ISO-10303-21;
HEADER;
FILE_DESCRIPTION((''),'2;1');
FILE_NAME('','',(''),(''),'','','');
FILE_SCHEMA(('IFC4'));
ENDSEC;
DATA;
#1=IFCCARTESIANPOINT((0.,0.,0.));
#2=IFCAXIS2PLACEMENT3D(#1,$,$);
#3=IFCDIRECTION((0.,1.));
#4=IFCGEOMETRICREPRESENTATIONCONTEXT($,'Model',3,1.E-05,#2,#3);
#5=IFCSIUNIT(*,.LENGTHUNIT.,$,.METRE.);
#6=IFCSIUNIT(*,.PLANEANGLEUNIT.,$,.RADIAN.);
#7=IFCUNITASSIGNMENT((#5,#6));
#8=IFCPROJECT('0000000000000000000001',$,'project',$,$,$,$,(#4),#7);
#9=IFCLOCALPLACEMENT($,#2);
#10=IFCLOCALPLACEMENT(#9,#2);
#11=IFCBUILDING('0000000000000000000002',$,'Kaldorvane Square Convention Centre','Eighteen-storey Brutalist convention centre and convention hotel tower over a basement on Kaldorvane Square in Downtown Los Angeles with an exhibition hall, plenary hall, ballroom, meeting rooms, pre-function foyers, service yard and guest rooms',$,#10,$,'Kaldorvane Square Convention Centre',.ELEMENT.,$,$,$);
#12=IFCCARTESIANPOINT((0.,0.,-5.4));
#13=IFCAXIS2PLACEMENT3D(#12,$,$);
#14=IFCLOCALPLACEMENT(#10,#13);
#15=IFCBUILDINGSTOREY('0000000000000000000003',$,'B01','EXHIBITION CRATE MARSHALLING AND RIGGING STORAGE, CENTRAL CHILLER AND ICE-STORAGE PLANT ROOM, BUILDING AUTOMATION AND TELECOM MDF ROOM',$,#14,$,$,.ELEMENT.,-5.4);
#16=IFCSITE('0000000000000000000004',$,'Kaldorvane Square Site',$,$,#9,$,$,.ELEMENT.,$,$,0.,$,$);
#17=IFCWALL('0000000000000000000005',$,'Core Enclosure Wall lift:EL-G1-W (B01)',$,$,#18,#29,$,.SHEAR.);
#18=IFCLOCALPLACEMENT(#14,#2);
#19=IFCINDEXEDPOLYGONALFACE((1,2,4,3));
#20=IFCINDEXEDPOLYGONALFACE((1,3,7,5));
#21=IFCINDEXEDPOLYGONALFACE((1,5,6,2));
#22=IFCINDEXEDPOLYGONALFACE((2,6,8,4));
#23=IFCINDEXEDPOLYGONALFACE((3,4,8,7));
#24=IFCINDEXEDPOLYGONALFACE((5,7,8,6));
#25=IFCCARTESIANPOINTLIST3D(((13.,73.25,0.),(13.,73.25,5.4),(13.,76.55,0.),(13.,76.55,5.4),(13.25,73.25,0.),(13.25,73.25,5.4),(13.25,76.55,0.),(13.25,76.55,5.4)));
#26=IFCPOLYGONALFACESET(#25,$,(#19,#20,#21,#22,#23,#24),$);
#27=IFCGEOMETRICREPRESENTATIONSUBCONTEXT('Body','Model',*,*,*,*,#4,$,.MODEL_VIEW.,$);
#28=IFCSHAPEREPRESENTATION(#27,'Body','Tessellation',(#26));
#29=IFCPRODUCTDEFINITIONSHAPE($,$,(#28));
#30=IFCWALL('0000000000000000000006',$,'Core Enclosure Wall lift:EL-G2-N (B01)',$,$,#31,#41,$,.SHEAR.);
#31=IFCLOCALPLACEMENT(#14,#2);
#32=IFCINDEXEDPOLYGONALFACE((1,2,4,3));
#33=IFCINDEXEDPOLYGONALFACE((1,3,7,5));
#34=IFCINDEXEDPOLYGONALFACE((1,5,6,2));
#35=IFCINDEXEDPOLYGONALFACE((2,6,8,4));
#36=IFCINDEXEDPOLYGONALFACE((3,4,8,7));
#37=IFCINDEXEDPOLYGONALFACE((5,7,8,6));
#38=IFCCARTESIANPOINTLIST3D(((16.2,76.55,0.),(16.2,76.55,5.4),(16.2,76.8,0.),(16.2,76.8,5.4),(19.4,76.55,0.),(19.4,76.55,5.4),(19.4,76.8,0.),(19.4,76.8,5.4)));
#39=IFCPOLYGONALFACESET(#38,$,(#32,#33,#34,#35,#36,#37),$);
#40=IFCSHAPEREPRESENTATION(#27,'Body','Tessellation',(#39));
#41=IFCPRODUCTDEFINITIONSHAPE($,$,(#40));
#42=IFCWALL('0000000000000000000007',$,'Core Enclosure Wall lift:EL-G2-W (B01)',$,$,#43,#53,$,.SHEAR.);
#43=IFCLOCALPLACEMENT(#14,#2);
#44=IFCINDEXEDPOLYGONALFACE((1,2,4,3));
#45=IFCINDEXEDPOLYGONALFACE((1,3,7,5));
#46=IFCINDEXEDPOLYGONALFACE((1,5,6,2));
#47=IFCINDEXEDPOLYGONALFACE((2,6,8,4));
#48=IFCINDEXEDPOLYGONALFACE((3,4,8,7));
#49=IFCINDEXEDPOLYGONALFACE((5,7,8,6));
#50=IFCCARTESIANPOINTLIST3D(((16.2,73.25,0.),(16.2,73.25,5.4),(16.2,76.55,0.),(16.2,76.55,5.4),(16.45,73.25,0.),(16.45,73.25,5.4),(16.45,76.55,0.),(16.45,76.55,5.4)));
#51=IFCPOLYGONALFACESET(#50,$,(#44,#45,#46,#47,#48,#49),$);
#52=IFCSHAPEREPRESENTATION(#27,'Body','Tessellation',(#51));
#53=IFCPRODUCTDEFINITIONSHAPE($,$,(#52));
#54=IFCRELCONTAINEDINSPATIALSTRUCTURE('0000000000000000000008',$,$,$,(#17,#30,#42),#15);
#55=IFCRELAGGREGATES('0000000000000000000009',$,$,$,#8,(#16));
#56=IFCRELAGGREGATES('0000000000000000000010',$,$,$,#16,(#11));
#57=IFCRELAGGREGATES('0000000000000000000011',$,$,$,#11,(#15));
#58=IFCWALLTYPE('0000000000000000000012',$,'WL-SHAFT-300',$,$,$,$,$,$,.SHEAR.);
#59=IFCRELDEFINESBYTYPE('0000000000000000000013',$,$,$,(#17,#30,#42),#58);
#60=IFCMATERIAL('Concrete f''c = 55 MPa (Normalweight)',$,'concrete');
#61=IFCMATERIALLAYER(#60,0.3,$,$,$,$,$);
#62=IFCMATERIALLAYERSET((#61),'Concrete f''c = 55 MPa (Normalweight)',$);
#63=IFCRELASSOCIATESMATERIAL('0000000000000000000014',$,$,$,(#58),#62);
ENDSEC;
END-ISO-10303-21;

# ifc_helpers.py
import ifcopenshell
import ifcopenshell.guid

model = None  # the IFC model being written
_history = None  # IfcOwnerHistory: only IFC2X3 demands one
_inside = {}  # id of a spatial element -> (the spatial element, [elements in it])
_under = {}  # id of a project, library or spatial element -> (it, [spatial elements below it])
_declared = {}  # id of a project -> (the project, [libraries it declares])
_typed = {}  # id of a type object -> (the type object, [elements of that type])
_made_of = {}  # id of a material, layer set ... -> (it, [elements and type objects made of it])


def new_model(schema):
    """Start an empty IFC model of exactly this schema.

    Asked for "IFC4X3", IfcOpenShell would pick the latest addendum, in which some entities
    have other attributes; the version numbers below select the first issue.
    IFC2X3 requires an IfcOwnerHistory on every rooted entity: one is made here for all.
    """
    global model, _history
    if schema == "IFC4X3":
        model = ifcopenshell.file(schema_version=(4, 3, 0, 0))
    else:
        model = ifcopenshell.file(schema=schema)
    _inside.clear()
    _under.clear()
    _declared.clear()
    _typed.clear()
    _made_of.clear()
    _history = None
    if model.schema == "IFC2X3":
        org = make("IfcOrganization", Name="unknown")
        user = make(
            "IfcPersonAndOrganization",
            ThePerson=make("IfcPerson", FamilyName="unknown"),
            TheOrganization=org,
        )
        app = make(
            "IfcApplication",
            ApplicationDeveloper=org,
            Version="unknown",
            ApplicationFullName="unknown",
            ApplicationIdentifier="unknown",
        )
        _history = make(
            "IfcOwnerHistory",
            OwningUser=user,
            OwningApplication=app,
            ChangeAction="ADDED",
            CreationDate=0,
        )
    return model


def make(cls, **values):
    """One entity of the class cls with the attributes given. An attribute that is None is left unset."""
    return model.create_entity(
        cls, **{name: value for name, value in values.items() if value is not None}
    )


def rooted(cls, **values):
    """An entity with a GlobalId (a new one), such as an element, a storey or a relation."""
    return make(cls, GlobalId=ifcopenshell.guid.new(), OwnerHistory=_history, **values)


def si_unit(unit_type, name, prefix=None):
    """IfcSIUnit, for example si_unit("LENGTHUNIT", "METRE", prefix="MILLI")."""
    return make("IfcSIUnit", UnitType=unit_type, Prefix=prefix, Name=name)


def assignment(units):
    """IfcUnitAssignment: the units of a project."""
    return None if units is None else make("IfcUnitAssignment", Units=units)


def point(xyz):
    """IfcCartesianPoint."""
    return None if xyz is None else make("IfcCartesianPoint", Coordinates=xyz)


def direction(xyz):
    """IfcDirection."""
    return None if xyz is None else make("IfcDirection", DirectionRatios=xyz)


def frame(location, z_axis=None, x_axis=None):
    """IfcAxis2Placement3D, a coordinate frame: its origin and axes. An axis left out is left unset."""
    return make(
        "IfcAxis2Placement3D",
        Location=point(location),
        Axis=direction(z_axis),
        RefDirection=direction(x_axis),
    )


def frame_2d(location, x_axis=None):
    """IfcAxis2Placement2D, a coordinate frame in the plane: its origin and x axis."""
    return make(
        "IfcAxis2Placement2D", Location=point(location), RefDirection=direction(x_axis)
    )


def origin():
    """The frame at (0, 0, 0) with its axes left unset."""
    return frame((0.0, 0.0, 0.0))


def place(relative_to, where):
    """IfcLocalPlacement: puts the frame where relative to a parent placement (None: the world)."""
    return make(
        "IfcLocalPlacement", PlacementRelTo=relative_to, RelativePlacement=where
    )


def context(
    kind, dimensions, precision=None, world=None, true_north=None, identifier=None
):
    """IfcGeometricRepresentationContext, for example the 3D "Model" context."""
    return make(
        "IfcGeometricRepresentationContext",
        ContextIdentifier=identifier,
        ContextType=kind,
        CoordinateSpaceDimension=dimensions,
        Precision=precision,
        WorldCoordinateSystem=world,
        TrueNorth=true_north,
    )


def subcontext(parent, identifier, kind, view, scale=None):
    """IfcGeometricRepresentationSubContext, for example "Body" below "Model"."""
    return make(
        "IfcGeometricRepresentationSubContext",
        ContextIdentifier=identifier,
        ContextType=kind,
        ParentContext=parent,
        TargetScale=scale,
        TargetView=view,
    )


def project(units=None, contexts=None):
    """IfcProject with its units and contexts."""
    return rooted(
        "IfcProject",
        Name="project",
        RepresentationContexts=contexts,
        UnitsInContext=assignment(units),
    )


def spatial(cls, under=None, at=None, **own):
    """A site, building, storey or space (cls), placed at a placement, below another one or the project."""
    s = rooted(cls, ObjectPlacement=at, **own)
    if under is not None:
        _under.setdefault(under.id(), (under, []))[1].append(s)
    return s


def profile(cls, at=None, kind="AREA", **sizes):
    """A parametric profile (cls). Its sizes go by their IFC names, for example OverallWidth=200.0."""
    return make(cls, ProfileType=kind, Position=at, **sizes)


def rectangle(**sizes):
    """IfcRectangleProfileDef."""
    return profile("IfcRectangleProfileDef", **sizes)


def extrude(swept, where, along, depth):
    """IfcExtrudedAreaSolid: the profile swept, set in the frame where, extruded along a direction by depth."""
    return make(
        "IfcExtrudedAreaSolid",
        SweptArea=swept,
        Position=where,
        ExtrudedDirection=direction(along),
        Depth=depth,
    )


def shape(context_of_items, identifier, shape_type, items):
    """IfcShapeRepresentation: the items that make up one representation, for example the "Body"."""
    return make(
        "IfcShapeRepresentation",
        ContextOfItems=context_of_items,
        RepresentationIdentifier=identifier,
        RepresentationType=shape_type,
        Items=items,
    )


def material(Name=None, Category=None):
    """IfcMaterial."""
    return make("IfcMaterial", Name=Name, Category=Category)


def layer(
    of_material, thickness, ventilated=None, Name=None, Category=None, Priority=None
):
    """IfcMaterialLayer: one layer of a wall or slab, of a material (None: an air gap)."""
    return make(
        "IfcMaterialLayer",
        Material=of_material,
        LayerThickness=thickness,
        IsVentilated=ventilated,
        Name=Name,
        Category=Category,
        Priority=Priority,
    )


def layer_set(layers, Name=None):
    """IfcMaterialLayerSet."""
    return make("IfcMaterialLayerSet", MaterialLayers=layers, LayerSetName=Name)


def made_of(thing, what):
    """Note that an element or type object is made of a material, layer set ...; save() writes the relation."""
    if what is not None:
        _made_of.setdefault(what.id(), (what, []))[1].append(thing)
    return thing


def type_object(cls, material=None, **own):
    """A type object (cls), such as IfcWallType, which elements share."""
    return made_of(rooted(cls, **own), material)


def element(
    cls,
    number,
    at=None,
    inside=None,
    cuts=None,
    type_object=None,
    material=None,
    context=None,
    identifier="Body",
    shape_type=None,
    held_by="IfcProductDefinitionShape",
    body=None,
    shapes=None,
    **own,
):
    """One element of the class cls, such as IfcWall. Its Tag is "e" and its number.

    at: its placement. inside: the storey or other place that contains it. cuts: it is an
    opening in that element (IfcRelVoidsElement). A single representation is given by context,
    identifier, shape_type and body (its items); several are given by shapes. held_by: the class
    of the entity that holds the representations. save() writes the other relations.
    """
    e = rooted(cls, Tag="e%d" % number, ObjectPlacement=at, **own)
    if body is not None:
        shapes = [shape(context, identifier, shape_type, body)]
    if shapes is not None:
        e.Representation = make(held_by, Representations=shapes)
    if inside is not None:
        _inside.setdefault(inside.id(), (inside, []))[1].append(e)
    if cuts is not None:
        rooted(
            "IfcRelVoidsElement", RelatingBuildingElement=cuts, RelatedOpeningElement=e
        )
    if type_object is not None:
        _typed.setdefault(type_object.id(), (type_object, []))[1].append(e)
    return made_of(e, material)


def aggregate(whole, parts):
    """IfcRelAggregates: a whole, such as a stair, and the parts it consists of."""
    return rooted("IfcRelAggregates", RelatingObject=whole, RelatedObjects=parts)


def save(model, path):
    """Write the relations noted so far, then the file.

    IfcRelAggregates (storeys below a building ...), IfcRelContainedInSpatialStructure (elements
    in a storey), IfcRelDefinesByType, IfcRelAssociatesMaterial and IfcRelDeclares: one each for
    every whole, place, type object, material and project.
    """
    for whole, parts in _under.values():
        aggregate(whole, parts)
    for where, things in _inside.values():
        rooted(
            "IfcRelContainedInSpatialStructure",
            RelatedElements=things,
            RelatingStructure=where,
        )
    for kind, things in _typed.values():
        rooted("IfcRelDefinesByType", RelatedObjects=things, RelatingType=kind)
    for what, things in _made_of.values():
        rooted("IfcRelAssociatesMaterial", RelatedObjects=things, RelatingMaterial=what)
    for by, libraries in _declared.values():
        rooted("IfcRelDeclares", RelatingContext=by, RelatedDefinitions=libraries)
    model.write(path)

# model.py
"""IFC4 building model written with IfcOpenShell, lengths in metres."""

from ifc_helpers import new_model, si_unit, direction, frame, frame_2d, origin, place, context, subcontext, project, spatial, rectangle, extrude, material, layer, layer_set, type_object, element, save


model = new_model("IFC4")

# Units and contexts
model_context = context("Model", 3, precision=1e-05, world=origin(), true_north=direction((0.0, 1.0)))
body_context = subcontext(model_context, "Body", "Model", "MODEL_VIEW")
ifc_project = project(units=[si_unit("LENGTHUNIT", "METRE"), si_unit("PLANEANGLEUNIT", "RADIAN")], contexts=[model_context])

# Site, building, storey
site_placement = place(None, origin())
site = spatial("IfcSite", under=ifc_project, at=site_placement, Name="Kaldorvane Square Site", CompositionType="ELEMENT", RefElevation=0.0)
building_placement = place(site_placement, origin())
building = spatial("IfcBuilding", under=site, at=building_placement, Name="Kaldorvane Square Convention Centre", Description="Eighteen-storey Brutalist convention centre and convention hotel tower over a basement on Kaldorvane Square in Downtown Los Angeles with an exhibition hall, plenary hall, ballroom, meeting rooms, pre-function foyers, service yard and guest rooms", LongName="Kaldorvane Square Convention Centre", CompositionType="ELEMENT")
storey_placement = place(building_placement, frame((0.0, 0.0, -5.4)))
storey = spatial("IfcBuildingStorey", under=building, at=storey_placement, Name="B01", Description="EXHIBITION CRATE MARSHALLING AND RIGGING STORAGE, CENTRAL CHILLER AND ICE-STORAGE PLANT ROOM, BUILDING AUTOMATION AND TELECOM MDF ROOM", CompositionType="ELEMENT", Elevation=-5.4)

# Shared definitions
ifc_material_1 = material(Name="Concrete f'c = 55 MPa (Normalweight)", Category="concrete")
ifc_layer = layer(ifc_material_1, 0.3)
ifc_layer_set = layer_set([ifc_layer], Name="Concrete f'c = 55 MPa (Normalweight)")
wall_type = type_object("IfcWallType", Name="WL-SHAFT-300", PredefinedType="SHEAR", material=ifc_layer_set)

# Walls
wall_1_placement = place(storey_placement, frame((13.125, 76.55, 0.0), z_axis=(0.0, 0.0, 1.0), x_axis=(0.0, -1.0, 0.0)))
element("IfcWall", 1, at=wall_1_placement, inside=storey, type_object=wall_type, Name="Core Enclosure Wall lift:EL-G1-W (B01)", PredefinedType="SHEAR", context=body_context, shape_type="SweptSolid", body=[
    extrude(rectangle(XDim=3.3, YDim=0.25, at=frame_2d((1.65, 0.0))), origin(), (0.0, 0.0, 1.0), 5.4),
])
wall_2_placement = place(storey_placement, frame((19.4, 76.675, 0.0), z_axis=(0.0, 0.0, 1.0), x_axis=(-1.0, 0.0, 0.0)))
element("IfcWall", 2, at=wall_2_placement, inside=storey, type_object=wall_type, Name="Core Enclosure Wall lift:EL-G2-N (B01)", PredefinedType="SHEAR", context=body_context, shape_type="SweptSolid", body=[
    extrude(rectangle(XDim=3.2, YDim=0.25, at=frame_2d((1.6, 0.0))), origin(), (0.0, 0.0, 1.0), 5.4),
])
wall_3_placement = place(storey_placement, frame((16.325, 76.55, 0.0), z_axis=(0.0, 0.0, 1.0), x_axis=(0.0, -1.0, 0.0)))
element("IfcWall", 3, at=wall_3_placement, inside=storey, type_object=wall_type, Name="Core Enclosure Wall lift:EL-G2-W (B01)", PredefinedType="SHEAR", context=body_context, shape_type="SweptSolid", body=[
    extrude(rectangle(XDim=3.3, YDim=0.25, at=frame_2d((1.65, 0.0))), origin(), (0.0, 0.0, 1.0), 5.4),
])

save(model, "model.ifc")
